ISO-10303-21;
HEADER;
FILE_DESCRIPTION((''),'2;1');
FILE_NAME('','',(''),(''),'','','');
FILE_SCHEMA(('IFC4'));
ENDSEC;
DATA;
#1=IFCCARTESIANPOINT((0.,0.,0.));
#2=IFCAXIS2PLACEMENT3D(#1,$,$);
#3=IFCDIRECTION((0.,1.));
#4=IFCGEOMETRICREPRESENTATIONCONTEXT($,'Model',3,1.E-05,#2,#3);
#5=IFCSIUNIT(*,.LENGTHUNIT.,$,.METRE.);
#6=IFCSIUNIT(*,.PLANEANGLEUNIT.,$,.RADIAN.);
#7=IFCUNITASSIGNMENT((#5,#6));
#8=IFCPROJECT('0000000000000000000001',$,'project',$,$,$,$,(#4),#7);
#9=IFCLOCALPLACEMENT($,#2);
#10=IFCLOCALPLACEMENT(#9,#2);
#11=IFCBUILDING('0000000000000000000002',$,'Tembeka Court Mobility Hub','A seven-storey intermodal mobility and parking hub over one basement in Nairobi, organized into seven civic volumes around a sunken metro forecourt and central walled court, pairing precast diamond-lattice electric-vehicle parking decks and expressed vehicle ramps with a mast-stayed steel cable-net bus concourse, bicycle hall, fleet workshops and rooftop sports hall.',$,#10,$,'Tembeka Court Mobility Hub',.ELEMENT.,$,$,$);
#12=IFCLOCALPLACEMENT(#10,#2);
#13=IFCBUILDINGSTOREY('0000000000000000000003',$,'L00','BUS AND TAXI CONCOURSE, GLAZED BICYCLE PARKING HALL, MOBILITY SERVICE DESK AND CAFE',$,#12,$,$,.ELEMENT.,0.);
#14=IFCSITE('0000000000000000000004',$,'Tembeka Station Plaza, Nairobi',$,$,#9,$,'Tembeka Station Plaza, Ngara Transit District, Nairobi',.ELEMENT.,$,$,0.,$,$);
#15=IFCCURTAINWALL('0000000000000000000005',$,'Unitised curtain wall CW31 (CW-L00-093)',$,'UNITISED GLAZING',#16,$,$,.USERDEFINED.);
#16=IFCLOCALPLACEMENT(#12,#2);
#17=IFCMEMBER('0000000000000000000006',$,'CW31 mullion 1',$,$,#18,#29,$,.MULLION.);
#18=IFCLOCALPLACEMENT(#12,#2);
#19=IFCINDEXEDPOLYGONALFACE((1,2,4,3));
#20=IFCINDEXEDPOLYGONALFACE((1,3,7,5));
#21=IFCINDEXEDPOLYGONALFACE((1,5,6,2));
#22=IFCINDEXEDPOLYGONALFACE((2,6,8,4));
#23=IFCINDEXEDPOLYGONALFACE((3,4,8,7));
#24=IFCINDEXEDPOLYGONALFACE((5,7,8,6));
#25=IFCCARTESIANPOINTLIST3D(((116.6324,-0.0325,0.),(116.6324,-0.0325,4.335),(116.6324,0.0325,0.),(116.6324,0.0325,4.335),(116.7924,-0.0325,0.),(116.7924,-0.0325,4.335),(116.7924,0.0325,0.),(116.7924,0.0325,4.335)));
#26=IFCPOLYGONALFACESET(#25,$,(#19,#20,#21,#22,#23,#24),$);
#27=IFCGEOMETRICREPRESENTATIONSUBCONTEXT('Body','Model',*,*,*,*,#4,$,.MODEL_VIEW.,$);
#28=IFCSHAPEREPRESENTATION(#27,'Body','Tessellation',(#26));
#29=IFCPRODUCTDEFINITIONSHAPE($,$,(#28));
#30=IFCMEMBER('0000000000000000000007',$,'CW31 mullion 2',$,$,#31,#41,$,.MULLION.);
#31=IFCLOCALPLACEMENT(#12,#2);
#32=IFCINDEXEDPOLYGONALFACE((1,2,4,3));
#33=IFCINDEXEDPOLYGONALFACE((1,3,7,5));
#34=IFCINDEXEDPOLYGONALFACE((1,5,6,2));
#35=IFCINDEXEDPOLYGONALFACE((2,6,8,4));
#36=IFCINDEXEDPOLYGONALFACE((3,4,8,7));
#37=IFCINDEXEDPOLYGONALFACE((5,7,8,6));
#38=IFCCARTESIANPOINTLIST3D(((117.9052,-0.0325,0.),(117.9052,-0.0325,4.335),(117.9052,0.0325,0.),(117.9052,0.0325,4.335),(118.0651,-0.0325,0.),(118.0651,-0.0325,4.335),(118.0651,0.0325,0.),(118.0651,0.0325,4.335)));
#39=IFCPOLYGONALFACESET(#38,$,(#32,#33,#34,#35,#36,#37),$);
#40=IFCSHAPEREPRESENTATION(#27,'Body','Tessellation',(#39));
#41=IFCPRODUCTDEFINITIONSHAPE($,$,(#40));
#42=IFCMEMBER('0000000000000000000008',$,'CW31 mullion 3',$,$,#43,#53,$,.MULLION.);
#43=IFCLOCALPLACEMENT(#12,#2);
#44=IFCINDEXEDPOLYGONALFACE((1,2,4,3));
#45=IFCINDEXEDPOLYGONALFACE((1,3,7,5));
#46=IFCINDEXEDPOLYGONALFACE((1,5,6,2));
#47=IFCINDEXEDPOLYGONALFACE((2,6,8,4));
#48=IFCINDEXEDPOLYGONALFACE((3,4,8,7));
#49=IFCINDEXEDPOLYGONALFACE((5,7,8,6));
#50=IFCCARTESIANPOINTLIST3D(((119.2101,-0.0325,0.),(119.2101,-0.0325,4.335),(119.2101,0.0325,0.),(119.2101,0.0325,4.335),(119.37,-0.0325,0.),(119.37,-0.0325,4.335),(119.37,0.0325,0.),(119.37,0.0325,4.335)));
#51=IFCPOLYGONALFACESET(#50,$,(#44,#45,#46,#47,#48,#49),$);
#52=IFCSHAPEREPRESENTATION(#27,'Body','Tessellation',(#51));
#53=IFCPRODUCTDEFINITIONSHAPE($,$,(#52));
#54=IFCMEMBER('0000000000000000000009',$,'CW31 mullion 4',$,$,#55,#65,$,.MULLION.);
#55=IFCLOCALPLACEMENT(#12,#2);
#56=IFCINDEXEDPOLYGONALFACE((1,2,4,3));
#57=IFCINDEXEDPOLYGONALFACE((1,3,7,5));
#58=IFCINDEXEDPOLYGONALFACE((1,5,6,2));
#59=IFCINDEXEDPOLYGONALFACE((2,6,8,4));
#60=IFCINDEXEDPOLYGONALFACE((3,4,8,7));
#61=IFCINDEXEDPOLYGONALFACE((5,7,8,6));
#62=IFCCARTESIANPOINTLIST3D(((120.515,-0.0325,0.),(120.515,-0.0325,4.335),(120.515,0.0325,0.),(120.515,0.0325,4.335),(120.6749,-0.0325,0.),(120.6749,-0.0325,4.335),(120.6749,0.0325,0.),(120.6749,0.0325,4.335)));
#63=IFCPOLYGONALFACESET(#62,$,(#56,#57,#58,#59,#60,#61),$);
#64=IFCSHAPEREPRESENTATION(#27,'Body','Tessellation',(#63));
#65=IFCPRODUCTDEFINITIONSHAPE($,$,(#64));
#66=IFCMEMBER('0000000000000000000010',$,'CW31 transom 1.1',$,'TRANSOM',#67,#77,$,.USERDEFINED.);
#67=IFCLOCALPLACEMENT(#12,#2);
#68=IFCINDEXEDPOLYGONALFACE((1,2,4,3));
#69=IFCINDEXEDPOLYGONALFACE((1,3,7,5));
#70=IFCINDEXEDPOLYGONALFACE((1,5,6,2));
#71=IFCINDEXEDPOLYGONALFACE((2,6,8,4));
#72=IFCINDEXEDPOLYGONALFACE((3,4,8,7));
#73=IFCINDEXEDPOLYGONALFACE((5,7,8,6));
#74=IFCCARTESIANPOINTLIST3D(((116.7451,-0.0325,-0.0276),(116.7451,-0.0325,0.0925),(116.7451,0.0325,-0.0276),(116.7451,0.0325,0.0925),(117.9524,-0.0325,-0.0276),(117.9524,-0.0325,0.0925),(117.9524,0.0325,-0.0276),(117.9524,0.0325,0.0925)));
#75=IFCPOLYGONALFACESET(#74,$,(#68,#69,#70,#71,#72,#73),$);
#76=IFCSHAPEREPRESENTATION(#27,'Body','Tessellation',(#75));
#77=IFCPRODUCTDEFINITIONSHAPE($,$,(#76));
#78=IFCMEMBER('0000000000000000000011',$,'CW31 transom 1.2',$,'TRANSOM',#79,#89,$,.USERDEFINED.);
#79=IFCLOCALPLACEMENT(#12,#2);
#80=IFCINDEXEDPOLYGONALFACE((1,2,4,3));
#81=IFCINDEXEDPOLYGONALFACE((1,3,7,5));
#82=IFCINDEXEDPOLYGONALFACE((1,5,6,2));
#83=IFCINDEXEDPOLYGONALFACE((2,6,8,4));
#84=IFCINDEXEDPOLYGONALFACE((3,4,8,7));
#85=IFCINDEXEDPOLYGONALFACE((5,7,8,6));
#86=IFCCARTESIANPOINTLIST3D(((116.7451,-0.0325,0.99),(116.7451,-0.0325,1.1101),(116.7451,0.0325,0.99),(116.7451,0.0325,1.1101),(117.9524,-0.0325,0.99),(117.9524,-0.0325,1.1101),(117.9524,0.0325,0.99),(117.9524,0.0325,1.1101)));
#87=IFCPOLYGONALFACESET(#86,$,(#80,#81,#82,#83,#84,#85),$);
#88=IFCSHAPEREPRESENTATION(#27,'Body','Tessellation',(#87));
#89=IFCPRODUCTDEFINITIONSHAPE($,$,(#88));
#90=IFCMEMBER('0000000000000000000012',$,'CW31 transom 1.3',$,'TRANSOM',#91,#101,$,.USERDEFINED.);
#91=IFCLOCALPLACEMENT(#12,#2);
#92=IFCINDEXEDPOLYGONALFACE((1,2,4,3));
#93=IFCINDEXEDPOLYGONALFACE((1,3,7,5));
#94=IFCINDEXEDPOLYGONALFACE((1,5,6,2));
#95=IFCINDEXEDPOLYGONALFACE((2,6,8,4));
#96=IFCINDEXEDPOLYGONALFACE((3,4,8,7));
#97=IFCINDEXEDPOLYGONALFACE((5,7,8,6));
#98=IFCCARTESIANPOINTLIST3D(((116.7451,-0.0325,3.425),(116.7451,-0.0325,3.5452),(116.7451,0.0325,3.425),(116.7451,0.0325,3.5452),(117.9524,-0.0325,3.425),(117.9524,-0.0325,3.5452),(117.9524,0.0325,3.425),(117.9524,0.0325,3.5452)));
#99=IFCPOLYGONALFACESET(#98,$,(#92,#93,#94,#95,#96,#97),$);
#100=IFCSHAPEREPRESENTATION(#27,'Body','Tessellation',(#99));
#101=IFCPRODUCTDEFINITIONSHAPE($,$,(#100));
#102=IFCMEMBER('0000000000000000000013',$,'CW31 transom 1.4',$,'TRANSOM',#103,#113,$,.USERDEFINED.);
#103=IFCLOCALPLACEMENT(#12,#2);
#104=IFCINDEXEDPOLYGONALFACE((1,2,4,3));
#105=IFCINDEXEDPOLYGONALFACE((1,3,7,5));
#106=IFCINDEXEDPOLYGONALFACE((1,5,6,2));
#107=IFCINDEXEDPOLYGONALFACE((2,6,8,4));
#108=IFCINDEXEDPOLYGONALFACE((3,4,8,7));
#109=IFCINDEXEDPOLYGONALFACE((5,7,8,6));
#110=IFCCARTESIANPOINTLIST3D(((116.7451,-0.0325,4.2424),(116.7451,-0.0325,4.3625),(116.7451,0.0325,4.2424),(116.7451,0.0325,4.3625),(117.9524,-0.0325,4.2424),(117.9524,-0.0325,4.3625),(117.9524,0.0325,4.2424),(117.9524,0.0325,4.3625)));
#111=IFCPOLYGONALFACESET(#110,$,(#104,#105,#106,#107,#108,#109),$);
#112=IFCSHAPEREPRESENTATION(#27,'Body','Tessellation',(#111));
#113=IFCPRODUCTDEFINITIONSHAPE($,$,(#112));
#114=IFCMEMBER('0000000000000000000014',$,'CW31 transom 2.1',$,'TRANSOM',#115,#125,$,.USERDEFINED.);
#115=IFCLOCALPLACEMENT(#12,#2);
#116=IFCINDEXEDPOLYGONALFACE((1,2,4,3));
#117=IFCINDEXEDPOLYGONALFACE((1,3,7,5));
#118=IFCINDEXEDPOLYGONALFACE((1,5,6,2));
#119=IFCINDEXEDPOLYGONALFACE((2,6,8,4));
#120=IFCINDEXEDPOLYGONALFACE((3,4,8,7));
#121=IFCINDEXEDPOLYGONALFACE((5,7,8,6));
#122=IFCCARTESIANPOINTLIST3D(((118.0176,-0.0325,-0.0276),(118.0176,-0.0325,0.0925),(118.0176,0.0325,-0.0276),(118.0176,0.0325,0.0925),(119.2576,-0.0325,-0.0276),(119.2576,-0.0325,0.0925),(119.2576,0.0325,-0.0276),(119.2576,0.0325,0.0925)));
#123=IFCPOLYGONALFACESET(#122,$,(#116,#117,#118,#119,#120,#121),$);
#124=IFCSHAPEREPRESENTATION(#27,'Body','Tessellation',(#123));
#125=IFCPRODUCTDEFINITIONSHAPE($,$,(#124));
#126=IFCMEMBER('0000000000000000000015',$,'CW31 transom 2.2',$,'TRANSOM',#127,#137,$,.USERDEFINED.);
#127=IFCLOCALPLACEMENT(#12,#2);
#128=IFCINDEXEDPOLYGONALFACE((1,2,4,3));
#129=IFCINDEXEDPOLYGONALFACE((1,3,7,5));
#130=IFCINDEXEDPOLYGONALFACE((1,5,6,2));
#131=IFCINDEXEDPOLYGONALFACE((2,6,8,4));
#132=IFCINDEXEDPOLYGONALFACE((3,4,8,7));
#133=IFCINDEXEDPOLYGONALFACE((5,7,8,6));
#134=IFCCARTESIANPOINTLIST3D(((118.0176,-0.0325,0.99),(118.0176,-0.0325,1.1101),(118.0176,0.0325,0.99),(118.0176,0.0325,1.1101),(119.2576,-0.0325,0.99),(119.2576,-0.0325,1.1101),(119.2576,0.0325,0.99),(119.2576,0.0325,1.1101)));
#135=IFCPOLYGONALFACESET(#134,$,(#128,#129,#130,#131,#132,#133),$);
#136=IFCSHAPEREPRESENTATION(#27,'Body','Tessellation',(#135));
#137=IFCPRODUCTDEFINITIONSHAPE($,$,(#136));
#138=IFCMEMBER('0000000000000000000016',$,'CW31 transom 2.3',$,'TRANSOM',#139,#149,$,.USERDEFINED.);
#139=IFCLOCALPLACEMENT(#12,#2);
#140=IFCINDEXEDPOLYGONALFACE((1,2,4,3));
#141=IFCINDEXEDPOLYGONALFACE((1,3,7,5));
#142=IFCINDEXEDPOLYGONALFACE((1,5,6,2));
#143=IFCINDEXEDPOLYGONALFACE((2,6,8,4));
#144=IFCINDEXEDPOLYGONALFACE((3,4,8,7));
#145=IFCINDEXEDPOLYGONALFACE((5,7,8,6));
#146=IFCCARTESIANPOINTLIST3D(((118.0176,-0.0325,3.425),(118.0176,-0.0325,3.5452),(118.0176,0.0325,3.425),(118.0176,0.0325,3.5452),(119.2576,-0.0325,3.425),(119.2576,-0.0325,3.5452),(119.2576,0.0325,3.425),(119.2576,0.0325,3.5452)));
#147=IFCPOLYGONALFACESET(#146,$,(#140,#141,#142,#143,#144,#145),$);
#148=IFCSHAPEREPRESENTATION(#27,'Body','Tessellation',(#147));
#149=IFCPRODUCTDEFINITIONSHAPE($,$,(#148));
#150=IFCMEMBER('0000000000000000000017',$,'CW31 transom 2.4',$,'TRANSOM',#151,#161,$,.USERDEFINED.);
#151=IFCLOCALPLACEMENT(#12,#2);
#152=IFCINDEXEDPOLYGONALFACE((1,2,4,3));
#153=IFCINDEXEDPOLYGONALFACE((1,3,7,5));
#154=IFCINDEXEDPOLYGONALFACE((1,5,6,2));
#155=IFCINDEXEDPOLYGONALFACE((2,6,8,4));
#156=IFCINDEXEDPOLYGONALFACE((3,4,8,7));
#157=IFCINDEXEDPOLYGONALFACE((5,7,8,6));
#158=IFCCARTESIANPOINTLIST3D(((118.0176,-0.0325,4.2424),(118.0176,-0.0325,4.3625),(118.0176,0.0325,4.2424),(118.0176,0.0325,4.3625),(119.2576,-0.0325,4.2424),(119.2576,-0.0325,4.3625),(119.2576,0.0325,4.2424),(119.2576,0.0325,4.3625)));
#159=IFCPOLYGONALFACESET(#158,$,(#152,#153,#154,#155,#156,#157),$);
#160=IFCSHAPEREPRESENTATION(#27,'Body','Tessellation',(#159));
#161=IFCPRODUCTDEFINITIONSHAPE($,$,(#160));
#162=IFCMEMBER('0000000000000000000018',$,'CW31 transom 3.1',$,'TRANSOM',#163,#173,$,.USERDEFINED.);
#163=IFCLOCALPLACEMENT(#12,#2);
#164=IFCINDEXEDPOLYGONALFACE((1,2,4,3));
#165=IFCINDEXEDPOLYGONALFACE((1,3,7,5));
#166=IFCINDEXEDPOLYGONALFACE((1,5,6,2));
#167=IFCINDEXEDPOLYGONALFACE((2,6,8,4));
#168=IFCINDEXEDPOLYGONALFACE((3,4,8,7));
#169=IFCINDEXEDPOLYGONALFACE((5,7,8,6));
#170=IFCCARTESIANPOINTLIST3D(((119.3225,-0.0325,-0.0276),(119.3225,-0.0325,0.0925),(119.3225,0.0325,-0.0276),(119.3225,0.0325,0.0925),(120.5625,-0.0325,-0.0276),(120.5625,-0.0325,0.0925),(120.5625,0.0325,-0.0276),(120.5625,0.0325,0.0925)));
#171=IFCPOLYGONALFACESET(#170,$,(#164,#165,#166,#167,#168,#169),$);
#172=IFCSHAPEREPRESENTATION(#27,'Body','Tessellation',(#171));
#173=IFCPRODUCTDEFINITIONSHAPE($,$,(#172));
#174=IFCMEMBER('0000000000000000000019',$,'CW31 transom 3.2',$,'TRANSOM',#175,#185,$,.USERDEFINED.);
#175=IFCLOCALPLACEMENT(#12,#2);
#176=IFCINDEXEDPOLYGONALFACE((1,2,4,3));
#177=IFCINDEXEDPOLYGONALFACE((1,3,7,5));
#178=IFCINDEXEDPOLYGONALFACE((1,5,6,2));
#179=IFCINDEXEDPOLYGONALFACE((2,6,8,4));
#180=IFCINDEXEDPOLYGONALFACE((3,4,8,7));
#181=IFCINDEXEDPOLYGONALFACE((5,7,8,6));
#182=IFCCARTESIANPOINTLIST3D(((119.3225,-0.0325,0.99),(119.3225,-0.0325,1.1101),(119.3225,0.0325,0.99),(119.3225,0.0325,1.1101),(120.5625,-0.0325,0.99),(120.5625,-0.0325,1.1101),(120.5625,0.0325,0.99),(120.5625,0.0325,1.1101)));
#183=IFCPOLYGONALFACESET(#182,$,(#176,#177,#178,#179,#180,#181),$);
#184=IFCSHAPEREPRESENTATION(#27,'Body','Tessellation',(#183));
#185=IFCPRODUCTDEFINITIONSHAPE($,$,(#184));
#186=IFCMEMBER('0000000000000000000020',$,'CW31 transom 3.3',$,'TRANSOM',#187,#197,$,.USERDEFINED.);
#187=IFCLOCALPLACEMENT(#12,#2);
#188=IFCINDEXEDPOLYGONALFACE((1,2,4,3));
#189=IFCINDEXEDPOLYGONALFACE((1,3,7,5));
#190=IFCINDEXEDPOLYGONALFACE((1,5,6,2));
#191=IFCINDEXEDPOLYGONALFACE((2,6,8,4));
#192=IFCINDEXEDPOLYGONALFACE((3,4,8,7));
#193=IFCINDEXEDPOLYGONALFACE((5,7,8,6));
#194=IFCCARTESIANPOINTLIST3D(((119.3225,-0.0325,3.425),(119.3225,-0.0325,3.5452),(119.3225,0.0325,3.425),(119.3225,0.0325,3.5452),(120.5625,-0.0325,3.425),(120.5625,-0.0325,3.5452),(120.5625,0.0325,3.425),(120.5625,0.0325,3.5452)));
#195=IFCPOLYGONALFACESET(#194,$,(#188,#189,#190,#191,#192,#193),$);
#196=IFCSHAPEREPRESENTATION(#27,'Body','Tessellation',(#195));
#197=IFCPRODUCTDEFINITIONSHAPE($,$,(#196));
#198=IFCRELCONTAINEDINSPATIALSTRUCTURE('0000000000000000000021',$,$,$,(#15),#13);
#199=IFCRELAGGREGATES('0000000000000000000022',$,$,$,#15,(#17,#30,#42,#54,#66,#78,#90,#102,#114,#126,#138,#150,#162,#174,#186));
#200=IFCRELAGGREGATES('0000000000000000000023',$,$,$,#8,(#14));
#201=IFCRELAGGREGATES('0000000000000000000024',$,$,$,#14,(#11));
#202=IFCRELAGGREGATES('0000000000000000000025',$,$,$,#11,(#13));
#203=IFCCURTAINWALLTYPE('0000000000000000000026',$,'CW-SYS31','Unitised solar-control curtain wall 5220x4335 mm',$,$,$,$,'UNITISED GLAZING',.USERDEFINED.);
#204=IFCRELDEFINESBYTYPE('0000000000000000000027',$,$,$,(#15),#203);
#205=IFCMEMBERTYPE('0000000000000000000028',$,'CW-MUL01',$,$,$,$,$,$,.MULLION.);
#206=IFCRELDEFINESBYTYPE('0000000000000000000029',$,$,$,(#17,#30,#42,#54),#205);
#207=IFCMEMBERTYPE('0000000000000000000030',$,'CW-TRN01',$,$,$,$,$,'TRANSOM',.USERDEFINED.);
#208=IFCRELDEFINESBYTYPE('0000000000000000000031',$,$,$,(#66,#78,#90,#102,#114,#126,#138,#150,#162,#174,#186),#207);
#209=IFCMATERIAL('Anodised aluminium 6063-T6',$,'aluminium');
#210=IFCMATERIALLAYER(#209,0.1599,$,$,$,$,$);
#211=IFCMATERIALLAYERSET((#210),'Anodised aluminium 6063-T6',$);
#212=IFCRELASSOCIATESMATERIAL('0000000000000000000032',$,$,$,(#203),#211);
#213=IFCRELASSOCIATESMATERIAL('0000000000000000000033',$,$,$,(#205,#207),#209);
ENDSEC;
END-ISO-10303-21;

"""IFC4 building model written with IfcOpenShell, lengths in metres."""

from ifc_helpers import new_model, si_unit, direction, frame, origin, origin_2d, place, context, subcontext, project, spatial, rectangle, extrude, material, layer, layer_set, material_profile, profile_set, type_object, element, aggregate, save


model = new_model("IFC4")

# Units and contexts
model_context = context("Model", 3, precision=1e-05, world=origin(), true_north=direction((0.0, 1.0)))
body_context = subcontext(model_context, "Body", "Model", "MODEL_VIEW")
ifc_project = project(units=[si_unit("LENGTHUNIT", "METRE"), si_unit("PLANEANGLEUNIT", "RADIAN")], contexts=[model_context])

# Site, building, storey
site_placement = place(None, origin())
site = spatial("IfcSite", under=ifc_project, at=site_placement, Name="Tembeka Station Plaza, Nairobi", LongName="Tembeka Station Plaza, Ngara Transit District, Nairobi", CompositionType="ELEMENT", RefElevation=0.0)
building_placement = place(site_placement, origin())
building = spatial("IfcBuilding", under=site, at=building_placement, Name="Tembeka Court Mobility Hub", Description="A seven-storey intermodal mobility and parking hub over one basement in Nairobi, organized into seven civic volumes around a sunken metro forecourt and central walled court, pairing precast diamond-lattice electric-vehicle parking decks and expressed vehicle ramps with a mast-stayed steel cable-net bus concourse, bicycle hall, fleet workshops and rooftop sports hall.", LongName="Tembeka Court Mobility Hub", CompositionType="ELEMENT")
storey_placement = place(building_placement, origin())
storey = spatial("IfcBuildingStorey", under=building, at=storey_placement, Name="L00", Description="BUS AND TAXI CONCOURSE, GLAZED BICYCLE PARKING HALL, MOBILITY SERVICE DESK AND CAFE", CompositionType="ELEMENT", Elevation=0.0)

# Curtain wall, members
ifc_material_1 = material(Name="Anodised aluminium 6063-T6", Category="aluminium")
ifc_layer_1 = layer(ifc_material_1, 0.1599)
ifc_layer_set_1 = layer_set([ifc_layer_1], Name="Anodised aluminium 6063-T6")
curtain_wall_type = type_object("IfcCurtainWallType", Name="CW-SYS31", Description="Unitised solar-control curtain wall 5220x4335 mm", ElementType="UNITISED GLAZING", PredefinedType="USERDEFINED", material=ifc_layer_set_1)
curtain_wall_placement = place(storey_placement, origin())
curtain_wall = element("IfcCurtainWall", 1, at=curtain_wall_placement, inside=storey, type_object=curtain_wall_type, Name="Unitised curtain wall CW31 (CW-L00-093)", ObjectType="UNITISED GLAZING", PredefinedType="USERDEFINED")
ifc_material_profile_1 = material_profile(ifc_material_1, rectangle(XDim=0.0649, YDim=0.1599, at=origin_2d()), Name="ALU-MUL 65x160")
ifc_profile_set_1 = profile_set([ifc_material_profile_1], Name="Anodised aluminium 6063-T6")
member_type_1 = type_object("IfcMemberType", Name="CW-MUL01", PredefinedType="MULLION", material=ifc_profile_set_1)
member_1_placement = place(storey_placement, frame((116.7124, 0.0, 0.0), z_axis=(0.0, 0.0, 1.0), x_axis=(0.0, 1.0, 0.0)))
member_1 = element("IfcMember", 2, at=member_1_placement, type_object=member_type_1, Name="CW31 mullion 1", PredefinedType="MULLION", context=body_context, shape_type="SweptSolid", body=[
    extrude(rectangle(XDim=0.0649, YDim=0.1599, at=origin_2d()), origin(), (0.0, 0.0, 1.0), 4.335),
])
member_2_placement = place(storey_placement, frame((117.9851, 0.0, 0.0), z_axis=(0.0, 0.0, 1.0), x_axis=(0.0, 1.0, 0.0)))
member_2 = element("IfcMember", 3, at=member_2_placement, type_object=member_type_1, Name="CW31 mullion 2", PredefinedType="MULLION", context=body_context, shape_type="SweptSolid", body=[
    extrude(rectangle(XDim=0.0649, YDim=0.1599, at=origin_2d()), origin(), (0.0, 0.0, 1.0), 4.335),
])
member_3_placement = place(storey_placement, frame((119.29, 0.0, 0.0), z_axis=(0.0, 0.0, 1.0), x_axis=(0.0, 1.0, 0.0)))
member_3 = element("IfcMember", 4, at=member_3_placement, type_object=member_type_1, Name="CW31 mullion 3", PredefinedType="MULLION", context=body_context, shape_type="SweptSolid", body=[
    extrude(rectangle(XDim=0.0649, YDim=0.1599, at=origin_2d()), origin(), (0.0, 0.0, 1.0), 4.335),
])
member_4_placement = place(storey_placement, frame((120.595, 0.0, 0.0), z_axis=(0.0, 0.0, 1.0), x_axis=(0.0, 1.0, 0.0)))
member_4 = element("IfcMember", 5, at=member_4_placement, type_object=member_type_1, Name="CW31 mullion 4", PredefinedType="MULLION", context=body_context, shape_type="SweptSolid", body=[
    extrude(rectangle(XDim=0.0649, YDim=0.1599, at=origin_2d()), origin(), (0.0, 0.0, 1.0), 4.335),
])
ifc_material_profile_2 = material_profile(ifc_material_1, rectangle(XDim=0.0649, YDim=0.1201, at=origin_2d()), Name="ALU-TRN 65x120")
ifc_profile_set_2 = profile_set([ifc_material_profile_2], Name="Anodised aluminium 6063-T6")
member_type_2 = type_object("IfcMemberType", Name="CW-TRN01", ElementType="TRANSOM", PredefinedType="USERDEFINED", material=ifc_profile_set_2)
member_5_placement = place(storey_placement, frame((116.7451, 0.0, 0.0325), z_axis=(1.0, 0.0, 0.0), x_axis=(0.0, 1.0, 0.0)))
member_5 = element("IfcMember", 6, at=member_5_placement, type_object=member_type_2, Name="CW31 transom 1.1", ObjectType="TRANSOM", PredefinedType="USERDEFINED", context=body_context, shape_type="SweptSolid", body=[
    extrude(rectangle(XDim=0.0649, YDim=0.1201, at=origin_2d()), origin(), (0.0, 0.0, 1.0), 1.2073),
])
member_6_placement = place(storey_placement, frame((116.7451, 0.0, 1.05), z_axis=(1.0, 0.0, 0.0), x_axis=(0.0, 1.0, 0.0)))
member_6 = element("IfcMember", 7, at=member_6_placement, type_object=member_type_2, Name="CW31 transom 1.2", ObjectType="TRANSOM", PredefinedType="USERDEFINED", context=body_context, shape_type="SweptSolid", body=[
    extrude(rectangle(XDim=0.0649, YDim=0.1201, at=origin_2d()), origin(), (0.0, 0.0, 1.0), 1.2073),
])
member_7_placement = place(storey_placement, frame((116.7451, 0.0, 3.4851), z_axis=(1.0, 0.0, 0.0), x_axis=(0.0, 1.0, 0.0)))
member_7 = element("IfcMember", 8, at=member_7_placement, type_object=member_type_2, Name="CW31 transom 1.3", ObjectType="TRANSOM", PredefinedType="USERDEFINED", context=body_context, shape_type="SweptSolid", body=[
    extrude(rectangle(XDim=0.0649, YDim=0.1201, at=origin_2d()), origin(), (0.0, 0.0, 1.0), 1.2073),
])
member_8_placement = place(storey_placement, frame((116.7451, 0.0, 4.3025), z_axis=(1.0, 0.0, 0.0), x_axis=(0.0, 1.0, 0.0)))
member_8 = element("IfcMember", 9, at=member_8_placement, type_object=member_type_2, Name="CW31 transom 1.4", ObjectType="TRANSOM", PredefinedType="USERDEFINED", context=body_context, shape_type="SweptSolid", body=[
    extrude(rectangle(XDim=0.0649, YDim=0.1201, at=origin_2d()), origin(), (0.0, 0.0, 1.0), 1.2073),
])
member_9_placement = place(storey_placement, frame((118.0176, 0.0, 0.0325), z_axis=(1.0, 0.0, 0.0), x_axis=(0.0, 1.0, 0.0)))
member_9 = element("IfcMember", 10, at=member_9_placement, type_object=member_type_2, Name="CW31 transom 2.1", ObjectType="TRANSOM", PredefinedType="USERDEFINED", context=body_context, shape_type="SweptSolid", body=[
    extrude(rectangle(XDim=0.0649, YDim=0.1201, at=origin_2d()), origin(), (0.0, 0.0, 1.0), 1.24),
])
member_10_placement = place(storey_placement, frame((118.0176, 0.0, 1.05), z_axis=(1.0, 0.0, 0.0), x_axis=(0.0, 1.0, 0.0)))
member_10 = element("IfcMember", 11, at=member_10_placement, type_object=member_type_2, Name="CW31 transom 2.2", ObjectType="TRANSOM", PredefinedType="USERDEFINED", context=body_context, shape_type="SweptSolid", body=[
    extrude(rectangle(XDim=0.0649, YDim=0.1201, at=origin_2d()), origin(), (0.0, 0.0, 1.0), 1.24),
])
member_11_placement = place(storey_placement, frame((118.0176, 0.0, 3.4851), z_axis=(1.0, 0.0, 0.0), x_axis=(0.0, 1.0, 0.0)))
member_11 = element("IfcMember", 12, at=member_11_placement, type_object=member_type_2, Name="CW31 transom 2.3", ObjectType="TRANSOM", PredefinedType="USERDEFINED", context=body_context, shape_type="SweptSolid", body=[
    extrude(rectangle(XDim=0.0649, YDim=0.1201, at=origin_2d()), origin(), (0.0, 0.0, 1.0), 1.24),
])
member_12_placement = place(storey_placement, frame((118.0176, 0.0, 4.3025), z_axis=(1.0, 0.0, 0.0), x_axis=(0.0, 1.0, 0.0)))
member_12 = element("IfcMember", 13, at=member_12_placement, type_object=member_type_2, Name="CW31 transom 2.4", ObjectType="TRANSOM", PredefinedType="USERDEFINED", context=body_context, shape_type="SweptSolid", body=[
    extrude(rectangle(XDim=0.0649, YDim=0.1201, at=origin_2d()), origin(), (0.0, 0.0, 1.0), 1.24),
])
member_13_placement = place(storey_placement, frame((119.3225, 0.0, 0.0325), z_axis=(1.0, 0.0, 0.0), x_axis=(0.0, 1.0, 0.0)))
member_13 = element("IfcMember", 14, at=member_13_placement, type_object=member_type_2, Name="CW31 transom 3.1", ObjectType="TRANSOM", PredefinedType="USERDEFINED", context=body_context, shape_type="SweptSolid", body=[
    extrude(rectangle(XDim=0.0649, YDim=0.1201, at=origin_2d()), origin(), (0.0, 0.0, 1.0), 1.24),
])
member_14_placement = place(storey_placement, frame((119.3225, 0.0, 1.05), z_axis=(1.0, 0.0, 0.0), x_axis=(0.0, 1.0, 0.0)))
member_14 = element("IfcMember", 15, at=member_14_placement, type_object=member_type_2, Name="CW31 transom 3.2", ObjectType="TRANSOM", PredefinedType="USERDEFINED", context=body_context, shape_type="SweptSolid", body=[
    extrude(rectangle(XDim=0.0649, YDim=0.1201, at=origin_2d()), origin(), (0.0, 0.0, 1.0), 1.24),
])
member_15_placement = place(storey_placement, frame((119.3225, 0.0, 3.4851), z_axis=(1.0, 0.0, 0.0), x_axis=(0.0, 1.0, 0.0)))
member_15 = element("IfcMember", 16, at=member_15_placement, type_object=member_type_2, Name="CW31 transom 3.3", ObjectType="TRANSOM", PredefinedType="USERDEFINED", context=body_context, shape_type="SweptSolid", body=[
    extrude(rectangle(XDim=0.0649, YDim=0.1201, at=origin_2d()), origin(), (0.0, 0.0, 1.0), 1.24),
])
aggregate(curtain_wall, [member_1, member_2, member_3, member_4, member_5, member_6, member_7, member_8, member_9, member_10, member_11, member_12, member_13, member_14, member_15])

save(model, "model.ifc")
